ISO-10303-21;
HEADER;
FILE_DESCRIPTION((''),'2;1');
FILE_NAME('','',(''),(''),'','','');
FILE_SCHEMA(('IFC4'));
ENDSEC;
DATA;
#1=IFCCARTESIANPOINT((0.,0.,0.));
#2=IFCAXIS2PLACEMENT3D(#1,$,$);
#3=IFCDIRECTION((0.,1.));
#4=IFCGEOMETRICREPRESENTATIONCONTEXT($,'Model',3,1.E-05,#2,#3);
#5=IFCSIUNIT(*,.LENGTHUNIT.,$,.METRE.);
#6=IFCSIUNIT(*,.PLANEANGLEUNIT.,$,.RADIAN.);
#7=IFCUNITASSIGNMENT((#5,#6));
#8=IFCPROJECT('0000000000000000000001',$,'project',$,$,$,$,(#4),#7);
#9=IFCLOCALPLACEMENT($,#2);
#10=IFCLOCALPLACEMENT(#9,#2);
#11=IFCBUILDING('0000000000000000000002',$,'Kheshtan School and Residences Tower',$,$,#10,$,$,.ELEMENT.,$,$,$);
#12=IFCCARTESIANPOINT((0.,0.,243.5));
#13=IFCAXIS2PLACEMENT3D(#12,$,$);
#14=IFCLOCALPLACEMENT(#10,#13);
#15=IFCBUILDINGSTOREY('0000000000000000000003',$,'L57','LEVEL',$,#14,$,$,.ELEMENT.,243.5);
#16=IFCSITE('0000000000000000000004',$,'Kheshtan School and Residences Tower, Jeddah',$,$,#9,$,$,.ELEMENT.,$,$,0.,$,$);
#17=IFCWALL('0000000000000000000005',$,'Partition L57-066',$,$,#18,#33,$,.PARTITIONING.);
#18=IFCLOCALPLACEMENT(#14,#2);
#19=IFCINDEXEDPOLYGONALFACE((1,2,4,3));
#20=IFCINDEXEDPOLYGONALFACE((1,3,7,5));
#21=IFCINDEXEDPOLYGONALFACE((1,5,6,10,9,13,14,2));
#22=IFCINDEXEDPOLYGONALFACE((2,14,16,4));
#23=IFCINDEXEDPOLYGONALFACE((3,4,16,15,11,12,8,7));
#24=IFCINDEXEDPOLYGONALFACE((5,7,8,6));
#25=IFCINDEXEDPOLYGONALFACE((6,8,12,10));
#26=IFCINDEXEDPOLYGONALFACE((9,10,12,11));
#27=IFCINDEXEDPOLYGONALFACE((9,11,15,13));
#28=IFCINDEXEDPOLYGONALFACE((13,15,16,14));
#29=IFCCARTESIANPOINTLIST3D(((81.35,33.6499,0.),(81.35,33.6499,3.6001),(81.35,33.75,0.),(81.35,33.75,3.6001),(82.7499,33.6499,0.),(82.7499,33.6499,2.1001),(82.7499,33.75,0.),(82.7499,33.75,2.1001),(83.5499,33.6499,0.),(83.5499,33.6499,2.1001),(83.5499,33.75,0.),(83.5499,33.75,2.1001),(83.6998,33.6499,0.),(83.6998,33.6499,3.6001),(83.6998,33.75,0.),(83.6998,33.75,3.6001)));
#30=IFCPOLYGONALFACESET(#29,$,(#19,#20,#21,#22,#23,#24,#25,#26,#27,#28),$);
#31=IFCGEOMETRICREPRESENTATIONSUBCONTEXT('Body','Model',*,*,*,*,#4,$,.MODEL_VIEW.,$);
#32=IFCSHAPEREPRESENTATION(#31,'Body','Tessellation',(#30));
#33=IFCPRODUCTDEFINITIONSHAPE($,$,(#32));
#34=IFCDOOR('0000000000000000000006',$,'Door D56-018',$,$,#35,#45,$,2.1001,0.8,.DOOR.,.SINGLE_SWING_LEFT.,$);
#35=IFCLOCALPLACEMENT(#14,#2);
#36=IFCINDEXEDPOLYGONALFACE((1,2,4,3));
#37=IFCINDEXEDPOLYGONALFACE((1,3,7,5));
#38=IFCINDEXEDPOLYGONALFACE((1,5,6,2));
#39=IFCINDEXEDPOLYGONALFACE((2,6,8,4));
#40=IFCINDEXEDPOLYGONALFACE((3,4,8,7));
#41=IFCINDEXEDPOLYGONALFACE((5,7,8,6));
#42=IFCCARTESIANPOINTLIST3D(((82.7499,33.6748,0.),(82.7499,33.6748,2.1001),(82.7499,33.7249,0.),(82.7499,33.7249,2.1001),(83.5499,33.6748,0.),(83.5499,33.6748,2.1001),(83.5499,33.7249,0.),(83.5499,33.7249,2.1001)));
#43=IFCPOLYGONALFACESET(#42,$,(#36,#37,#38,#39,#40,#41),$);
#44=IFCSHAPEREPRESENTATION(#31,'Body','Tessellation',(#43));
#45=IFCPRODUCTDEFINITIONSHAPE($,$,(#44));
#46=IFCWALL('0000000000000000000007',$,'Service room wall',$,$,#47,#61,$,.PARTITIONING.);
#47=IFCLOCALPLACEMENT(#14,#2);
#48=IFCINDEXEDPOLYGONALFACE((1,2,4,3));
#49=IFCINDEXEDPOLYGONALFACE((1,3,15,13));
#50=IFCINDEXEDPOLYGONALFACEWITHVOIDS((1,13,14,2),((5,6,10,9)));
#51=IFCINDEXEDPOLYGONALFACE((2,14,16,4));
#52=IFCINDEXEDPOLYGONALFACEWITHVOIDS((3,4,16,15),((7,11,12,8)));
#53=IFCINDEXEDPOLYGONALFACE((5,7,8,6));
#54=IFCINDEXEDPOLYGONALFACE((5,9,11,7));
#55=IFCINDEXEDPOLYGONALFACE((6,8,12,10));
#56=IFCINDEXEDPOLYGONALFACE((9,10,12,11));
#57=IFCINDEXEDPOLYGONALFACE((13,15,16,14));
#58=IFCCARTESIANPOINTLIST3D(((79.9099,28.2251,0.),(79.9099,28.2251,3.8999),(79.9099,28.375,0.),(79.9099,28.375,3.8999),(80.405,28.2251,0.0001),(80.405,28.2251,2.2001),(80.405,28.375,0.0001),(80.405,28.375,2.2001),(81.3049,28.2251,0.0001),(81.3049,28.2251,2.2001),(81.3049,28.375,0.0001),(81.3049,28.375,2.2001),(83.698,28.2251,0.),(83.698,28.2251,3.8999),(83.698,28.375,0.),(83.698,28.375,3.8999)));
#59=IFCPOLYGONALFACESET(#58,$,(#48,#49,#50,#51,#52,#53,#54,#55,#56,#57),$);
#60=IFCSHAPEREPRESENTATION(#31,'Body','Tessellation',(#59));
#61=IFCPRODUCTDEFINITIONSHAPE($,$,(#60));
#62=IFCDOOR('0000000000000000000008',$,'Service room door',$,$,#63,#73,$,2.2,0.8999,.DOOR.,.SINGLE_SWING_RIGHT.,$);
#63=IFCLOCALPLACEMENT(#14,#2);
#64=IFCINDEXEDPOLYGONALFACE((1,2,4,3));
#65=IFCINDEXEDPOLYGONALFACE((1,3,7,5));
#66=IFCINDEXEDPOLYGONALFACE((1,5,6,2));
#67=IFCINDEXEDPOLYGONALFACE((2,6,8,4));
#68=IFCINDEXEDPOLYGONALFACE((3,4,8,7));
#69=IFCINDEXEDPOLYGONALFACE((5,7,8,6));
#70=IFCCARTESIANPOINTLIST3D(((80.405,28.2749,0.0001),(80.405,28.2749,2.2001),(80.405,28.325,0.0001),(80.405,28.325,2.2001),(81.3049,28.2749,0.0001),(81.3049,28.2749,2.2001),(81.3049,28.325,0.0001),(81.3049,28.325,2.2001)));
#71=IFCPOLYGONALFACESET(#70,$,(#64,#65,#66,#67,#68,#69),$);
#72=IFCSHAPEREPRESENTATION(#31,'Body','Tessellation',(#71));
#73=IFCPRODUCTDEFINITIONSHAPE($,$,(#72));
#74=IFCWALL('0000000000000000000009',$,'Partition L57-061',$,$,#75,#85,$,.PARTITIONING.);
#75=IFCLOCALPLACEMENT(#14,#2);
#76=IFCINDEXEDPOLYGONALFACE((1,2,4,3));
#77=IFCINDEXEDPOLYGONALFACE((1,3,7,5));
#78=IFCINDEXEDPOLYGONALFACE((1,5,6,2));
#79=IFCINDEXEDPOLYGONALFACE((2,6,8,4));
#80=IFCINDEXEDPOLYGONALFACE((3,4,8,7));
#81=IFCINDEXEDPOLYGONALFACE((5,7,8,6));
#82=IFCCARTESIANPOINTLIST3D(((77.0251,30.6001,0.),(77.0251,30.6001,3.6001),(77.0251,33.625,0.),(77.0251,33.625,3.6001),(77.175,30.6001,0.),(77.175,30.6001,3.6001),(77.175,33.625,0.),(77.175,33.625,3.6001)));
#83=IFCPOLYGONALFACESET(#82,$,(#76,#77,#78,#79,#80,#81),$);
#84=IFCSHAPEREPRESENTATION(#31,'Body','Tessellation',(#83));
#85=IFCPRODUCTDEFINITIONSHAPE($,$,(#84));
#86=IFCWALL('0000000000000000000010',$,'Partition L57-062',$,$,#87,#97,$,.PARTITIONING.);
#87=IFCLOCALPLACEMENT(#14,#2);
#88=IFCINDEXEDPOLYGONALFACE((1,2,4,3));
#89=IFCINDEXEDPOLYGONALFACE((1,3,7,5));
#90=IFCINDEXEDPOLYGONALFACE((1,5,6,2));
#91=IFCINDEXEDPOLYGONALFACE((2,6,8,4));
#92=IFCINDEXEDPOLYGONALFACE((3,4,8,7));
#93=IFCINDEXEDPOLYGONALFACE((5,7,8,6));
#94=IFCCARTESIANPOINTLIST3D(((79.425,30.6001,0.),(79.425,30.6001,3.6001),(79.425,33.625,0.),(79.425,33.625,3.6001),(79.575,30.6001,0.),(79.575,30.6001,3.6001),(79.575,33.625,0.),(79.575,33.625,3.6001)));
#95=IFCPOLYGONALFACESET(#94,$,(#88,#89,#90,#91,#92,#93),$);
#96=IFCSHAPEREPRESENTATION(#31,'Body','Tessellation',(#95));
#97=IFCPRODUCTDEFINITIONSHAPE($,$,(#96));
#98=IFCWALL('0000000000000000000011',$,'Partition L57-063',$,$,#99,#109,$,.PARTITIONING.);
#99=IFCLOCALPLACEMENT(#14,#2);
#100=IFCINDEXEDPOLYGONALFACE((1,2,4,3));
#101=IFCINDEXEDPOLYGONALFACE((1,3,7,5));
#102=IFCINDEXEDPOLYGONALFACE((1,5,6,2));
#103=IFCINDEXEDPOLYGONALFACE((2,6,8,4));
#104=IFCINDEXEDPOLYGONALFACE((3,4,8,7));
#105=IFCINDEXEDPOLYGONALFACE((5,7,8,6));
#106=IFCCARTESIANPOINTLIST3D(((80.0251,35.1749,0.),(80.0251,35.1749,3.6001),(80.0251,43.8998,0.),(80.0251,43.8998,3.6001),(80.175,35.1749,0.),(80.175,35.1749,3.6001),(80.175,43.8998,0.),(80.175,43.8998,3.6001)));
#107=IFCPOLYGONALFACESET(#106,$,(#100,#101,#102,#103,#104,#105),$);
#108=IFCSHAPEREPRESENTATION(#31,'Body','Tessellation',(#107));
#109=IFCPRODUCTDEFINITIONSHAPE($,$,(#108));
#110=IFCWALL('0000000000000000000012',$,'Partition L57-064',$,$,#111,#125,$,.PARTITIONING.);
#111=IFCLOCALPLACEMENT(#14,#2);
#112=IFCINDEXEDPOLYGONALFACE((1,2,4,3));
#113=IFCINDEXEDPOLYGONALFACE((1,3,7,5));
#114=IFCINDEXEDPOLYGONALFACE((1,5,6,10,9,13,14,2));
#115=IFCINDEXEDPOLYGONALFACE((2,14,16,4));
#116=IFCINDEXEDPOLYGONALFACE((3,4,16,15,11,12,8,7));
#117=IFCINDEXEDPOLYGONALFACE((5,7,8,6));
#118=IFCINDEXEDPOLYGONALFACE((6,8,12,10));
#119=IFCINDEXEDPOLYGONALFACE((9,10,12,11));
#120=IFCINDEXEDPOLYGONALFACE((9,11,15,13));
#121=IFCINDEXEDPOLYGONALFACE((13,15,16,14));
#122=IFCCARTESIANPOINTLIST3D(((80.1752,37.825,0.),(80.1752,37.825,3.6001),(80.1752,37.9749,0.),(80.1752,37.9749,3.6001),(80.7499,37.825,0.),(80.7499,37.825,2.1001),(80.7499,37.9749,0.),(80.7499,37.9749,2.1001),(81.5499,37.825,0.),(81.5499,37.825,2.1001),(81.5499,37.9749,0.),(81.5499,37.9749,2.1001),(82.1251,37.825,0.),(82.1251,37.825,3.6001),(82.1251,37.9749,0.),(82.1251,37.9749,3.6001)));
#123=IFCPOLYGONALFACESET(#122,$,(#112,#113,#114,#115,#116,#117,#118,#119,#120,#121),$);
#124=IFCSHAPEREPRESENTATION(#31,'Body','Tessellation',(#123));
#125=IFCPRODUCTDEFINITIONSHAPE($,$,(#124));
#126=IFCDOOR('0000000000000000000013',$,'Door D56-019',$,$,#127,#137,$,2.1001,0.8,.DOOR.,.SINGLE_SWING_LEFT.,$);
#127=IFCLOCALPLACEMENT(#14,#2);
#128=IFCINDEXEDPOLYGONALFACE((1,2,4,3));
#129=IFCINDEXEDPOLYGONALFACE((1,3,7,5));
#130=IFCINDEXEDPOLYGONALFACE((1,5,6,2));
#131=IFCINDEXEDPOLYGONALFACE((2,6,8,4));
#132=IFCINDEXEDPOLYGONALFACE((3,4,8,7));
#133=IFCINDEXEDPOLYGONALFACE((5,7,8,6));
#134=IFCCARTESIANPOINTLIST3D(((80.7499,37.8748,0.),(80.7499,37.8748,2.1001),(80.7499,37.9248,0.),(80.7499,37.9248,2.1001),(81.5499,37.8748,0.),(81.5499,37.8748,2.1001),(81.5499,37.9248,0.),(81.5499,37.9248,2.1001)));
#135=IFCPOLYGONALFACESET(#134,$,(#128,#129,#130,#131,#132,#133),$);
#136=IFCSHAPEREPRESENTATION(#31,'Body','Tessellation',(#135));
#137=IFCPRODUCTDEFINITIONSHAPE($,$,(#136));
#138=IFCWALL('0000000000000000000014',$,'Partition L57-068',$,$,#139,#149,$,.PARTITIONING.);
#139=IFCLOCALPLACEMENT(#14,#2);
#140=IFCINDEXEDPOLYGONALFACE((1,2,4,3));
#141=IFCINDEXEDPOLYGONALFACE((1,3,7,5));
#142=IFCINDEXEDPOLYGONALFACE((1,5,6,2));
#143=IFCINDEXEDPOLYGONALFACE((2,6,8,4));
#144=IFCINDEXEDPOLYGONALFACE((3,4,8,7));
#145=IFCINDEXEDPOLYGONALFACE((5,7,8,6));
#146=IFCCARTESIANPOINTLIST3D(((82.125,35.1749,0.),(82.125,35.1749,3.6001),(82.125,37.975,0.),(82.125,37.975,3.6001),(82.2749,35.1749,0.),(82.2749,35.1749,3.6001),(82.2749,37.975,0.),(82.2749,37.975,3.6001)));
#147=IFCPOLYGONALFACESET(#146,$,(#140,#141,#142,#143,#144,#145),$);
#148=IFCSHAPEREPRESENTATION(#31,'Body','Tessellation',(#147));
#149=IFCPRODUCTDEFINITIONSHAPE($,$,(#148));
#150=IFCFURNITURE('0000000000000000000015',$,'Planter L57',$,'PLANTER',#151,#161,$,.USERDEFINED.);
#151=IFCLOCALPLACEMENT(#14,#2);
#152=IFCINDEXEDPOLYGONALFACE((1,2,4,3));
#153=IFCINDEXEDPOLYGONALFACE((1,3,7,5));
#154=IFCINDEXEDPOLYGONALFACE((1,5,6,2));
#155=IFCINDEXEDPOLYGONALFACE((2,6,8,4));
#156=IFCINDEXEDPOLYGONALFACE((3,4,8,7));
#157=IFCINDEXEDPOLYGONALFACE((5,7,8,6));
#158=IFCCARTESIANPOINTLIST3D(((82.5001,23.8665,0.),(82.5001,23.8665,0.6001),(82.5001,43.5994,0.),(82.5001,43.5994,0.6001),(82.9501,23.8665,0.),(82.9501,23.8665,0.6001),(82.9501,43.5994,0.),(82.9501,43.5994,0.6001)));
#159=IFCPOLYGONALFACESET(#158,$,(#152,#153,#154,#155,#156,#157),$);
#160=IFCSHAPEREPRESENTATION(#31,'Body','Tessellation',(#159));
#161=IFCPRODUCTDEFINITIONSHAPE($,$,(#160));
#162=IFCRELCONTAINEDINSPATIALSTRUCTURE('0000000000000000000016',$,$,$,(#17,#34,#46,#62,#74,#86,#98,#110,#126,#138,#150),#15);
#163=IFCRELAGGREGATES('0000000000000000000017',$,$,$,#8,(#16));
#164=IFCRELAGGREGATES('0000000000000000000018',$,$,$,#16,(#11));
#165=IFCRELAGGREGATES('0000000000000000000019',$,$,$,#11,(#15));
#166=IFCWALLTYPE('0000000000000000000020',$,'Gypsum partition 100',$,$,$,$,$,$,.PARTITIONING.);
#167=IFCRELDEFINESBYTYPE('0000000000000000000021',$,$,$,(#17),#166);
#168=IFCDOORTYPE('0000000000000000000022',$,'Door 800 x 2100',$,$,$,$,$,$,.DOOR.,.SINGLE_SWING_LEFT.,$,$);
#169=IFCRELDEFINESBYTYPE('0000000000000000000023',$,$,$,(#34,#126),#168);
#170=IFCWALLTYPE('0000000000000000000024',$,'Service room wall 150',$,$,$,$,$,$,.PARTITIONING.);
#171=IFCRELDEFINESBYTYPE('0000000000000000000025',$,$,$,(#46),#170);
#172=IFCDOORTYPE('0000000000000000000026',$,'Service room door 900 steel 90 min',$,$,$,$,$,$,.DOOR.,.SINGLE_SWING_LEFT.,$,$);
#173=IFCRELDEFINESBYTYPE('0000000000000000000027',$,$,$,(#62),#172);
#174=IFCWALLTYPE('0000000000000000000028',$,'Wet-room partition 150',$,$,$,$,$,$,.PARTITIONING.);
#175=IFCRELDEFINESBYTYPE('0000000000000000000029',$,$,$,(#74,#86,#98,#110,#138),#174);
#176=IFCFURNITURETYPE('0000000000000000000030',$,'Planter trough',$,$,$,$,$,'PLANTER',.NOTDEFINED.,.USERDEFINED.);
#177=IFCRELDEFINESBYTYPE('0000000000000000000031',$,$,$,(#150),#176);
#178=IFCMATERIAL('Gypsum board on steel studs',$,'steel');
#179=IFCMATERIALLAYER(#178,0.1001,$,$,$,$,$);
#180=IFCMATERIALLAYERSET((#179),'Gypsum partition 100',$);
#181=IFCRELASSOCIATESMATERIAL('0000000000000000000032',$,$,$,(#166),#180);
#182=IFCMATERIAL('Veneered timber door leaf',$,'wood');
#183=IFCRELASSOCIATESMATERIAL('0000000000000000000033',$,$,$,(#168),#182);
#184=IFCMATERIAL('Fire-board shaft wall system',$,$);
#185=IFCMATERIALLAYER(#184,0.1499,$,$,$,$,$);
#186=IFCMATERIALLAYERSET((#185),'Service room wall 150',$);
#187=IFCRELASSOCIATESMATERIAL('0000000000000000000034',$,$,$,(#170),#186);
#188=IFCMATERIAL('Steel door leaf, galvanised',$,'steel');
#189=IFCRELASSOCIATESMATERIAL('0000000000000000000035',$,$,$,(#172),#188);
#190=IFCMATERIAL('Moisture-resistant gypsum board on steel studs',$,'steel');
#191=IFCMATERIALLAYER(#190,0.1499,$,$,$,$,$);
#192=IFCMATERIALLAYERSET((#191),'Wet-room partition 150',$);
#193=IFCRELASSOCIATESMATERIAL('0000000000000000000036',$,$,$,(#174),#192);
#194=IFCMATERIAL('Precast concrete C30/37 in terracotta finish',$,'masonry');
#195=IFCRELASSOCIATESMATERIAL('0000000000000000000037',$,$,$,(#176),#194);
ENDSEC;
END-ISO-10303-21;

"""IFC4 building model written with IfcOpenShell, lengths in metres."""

from ifc_helpers import new_model, si_unit, direction, frame, frame_2d, origin, origin_2d, place, context, subcontext, project, spatial, rectangle, extrude, source, transform, mapped, material, layer, layer_set, type_object, element, fill, save


model = new_model("IFC4")

# Units and contexts
model_context = context("Model", 3, precision=1e-05, world=origin(), true_north=direction((0.0, 1.0)))
body_context = subcontext(model_context, "Body", "Model", "MODEL_VIEW")
ifc_project = project(units=[si_unit("LENGTHUNIT", "METRE"), si_unit("PLANEANGLEUNIT", "RADIAN")], contexts=[model_context])

# Site, building, storey
site_placement = place(None, origin())
site = spatial("IfcSite", under=ifc_project, at=site_placement, Name="Kheshtan School and Residences Tower, Jeddah", CompositionType="ELEMENT", RefElevation=0.0)
building_placement = place(site_placement, origin())
building = spatial("IfcBuilding", under=site, at=building_placement, Name="Kheshtan School and Residences Tower", CompositionType="ELEMENT")
storey_placement = place(building_placement, frame((0.0, 0.0, 243.5)))
storey = spatial("IfcBuildingStorey", under=building, at=storey_placement, Name="L57", Description="LEVEL", CompositionType="ELEMENT", Elevation=243.5)

# Shared definitions
ifc_material_1 = material(Name="Gypsum board on steel studs", Category="steel")
ifc_layer_1 = layer(ifc_material_1, 0.1001)
ifc_layer_set_1 = layer_set([ifc_layer_1], Name="Gypsum partition 100")
wall_type_1 = type_object("IfcWallType", Name="Gypsum partition 100", PredefinedType="PARTITIONING", material=ifc_layer_set_1)

# Walls, openings, doors
wall_1_placement = place(storey_placement, frame((81.3501, 33.7, 0.0), z_axis=(0.0, 0.0, 1.0), x_axis=(1.0, 0.0, 0.0)))
wall_1 = element("IfcWall", 1, at=wall_1_placement, inside=storey, type_object=wall_type_1, Name="Partition L57-066", PredefinedType="PARTITIONING", context=body_context, shape_type="SweptSolid", body=[
    extrude(rectangle(XDim=2.3499, YDim=0.1001, at=frame_2d((1.1748, 0.0))), origin(), (0.0, 0.0, 1.0), 3.6001),
])
opening_1_placement = place(wall_1_placement, frame((1.3999, 0.0, 0.0)))
opening_1 = element("IfcOpeningElement", 2, at=opening_1_placement, cuts=wall_1, PredefinedType="OPENING", context=body_context, shape_type="SweptSolid", body=[
    extrude(rectangle(XDim=0.8, YDim=2.1001, at=frame_2d((0.3999, 1.05))), frame((0.0, 0.0601, 0.0), z_axis=(0.0, -1.0, 0.0), x_axis=(1.0, 0.0, 0.0)), (0.0, 0.0, 1.0), 0.1201),
])
ifc_material_2 = material(Name="Veneered timber door leaf", Category="wood")
door_type_1 = type_object("IfcDoorType", Name="Door 800 x 2100", OperationType="SINGLE_SWING_LEFT", PredefinedType="DOOR", material=ifc_material_2)
shared_shape_1 = source(origin(), body_context, "Body", "SweptSolid", [
    extrude(rectangle(XDim=0.8, YDim=2.1001, at=frame_2d((0.3999, 1.05))), frame((0.0, 0.0249, 0.0), z_axis=(0.0, -1.0, 0.0), x_axis=(1.0, 0.0, 0.0)), (0.0, 0.0, 1.0), 0.05),
])
door_1_placement = place(opening_1_placement, origin())
door_1 = element("IfcDoor", 3, at=door_1_placement, inside=storey, type_object=door_type_1, Name="Door D56-018", OperationType="SINGLE_SWING_LEFT", OverallHeight=2.1001, OverallWidth=0.8, PredefinedType="DOOR", context=body_context, shape_type="MappedRepresentation", body=[
    mapped(shared_shape_1, transform((0.0, 0.0, 0.0), x_axis=(1.0, 0.0, 0.0), y_axis=(0.0, 1.0, 0.0), z_axis=(0.0, 0.0, 1.0), scale=1.0)),
])
fill(opening_1, door_1)
ifc_material_3 = material(Name="Fire-board shaft wall system")
ifc_layer_2 = layer(ifc_material_3, 0.1499)
ifc_layer_set_2 = layer_set([ifc_layer_2], Name="Service room wall 150")
wall_type_2 = type_object("IfcWallType", Name="Service room wall 150", PredefinedType="PARTITIONING", material=ifc_layer_set_2)
wall_2_placement = place(storey_placement, frame((79.9099, 28.3, 0.0), z_axis=(0.0, 0.0, 1.0), x_axis=(1.0, 0.0, 0.0)))
wall_2 = element("IfcWall", 4, at=wall_2_placement, inside=storey, type_object=wall_type_2, Name="Service room wall", PredefinedType="PARTITIONING", context=body_context, shape_type="SweptSolid", body=[
    extrude(rectangle(XDim=3.7881, YDim=0.1499, at=frame_2d((1.894, 0.0))), origin(), (0.0, 0.0, 1.0), 3.8999),
])
opening_2_placement = place(wall_2_placement, frame((0.4951, 0.0, 0.0)))
opening_2 = element("IfcOpeningElement", 5, at=opening_2_placement, cuts=wall_2, PredefinedType="OPENING", context=body_context, shape_type="SweptSolid", body=[
    extrude(rectangle(XDim=0.8999, YDim=2.2, at=frame_2d((0.45, 1.1001))), frame((0.0, 0.085, 0.0), z_axis=(0.0, -1.0, 0.0), x_axis=(1.0, 0.0, 0.0)), (0.0, 0.0, 1.0), 0.1699),
])
ifc_material_4 = material(Name="Steel door leaf, galvanised", Category="steel")
door_type_2 = type_object("IfcDoorType", Name="Service room door 900 steel 90 min", OperationType="SINGLE_SWING_LEFT", PredefinedType="DOOR", material=ifc_material_4)
shared_shape_2 = source(origin(), body_context, "Body", "SweptSolid", [
    extrude(rectangle(XDim=0.8999, YDim=2.2, at=frame_2d((0.45, 1.1001))), frame((0.0, 0.0249, 0.0), z_axis=(0.0, -1.0, 0.0), x_axis=(1.0, 0.0, 0.0)), (0.0, 0.0, 1.0), 0.05),
])
door_2_placement = place(opening_2_placement, origin())
door_2 = element("IfcDoor", 6, at=door_2_placement, inside=storey, type_object=door_type_2, Name="Service room door", OperationType="SINGLE_SWING_RIGHT", OverallHeight=2.2, OverallWidth=0.8999, PredefinedType="DOOR", context=body_context, shape_type="MappedRepresentation", body=[
    mapped(shared_shape_2, transform((0.0, 0.0, 0.0), x_axis=(1.0, 0.0, 0.0), y_axis=(0.0, 1.0, 0.0), z_axis=(0.0, 0.0, 1.0), scale=1.0)),
])
fill(opening_2, door_2)

# Walls
ifc_material_5 = material(Name="Moisture-resistant gypsum board on steel studs", Category="steel")
ifc_layer_3 = layer(ifc_material_5, 0.1499)
ifc_layer_set_3 = layer_set([ifc_layer_3], Name="Wet-room partition 150")
wall_type_3 = type_object("IfcWallType", Name="Wet-room partition 150", PredefinedType="PARTITIONING", material=ifc_layer_set_3)
for number, where, z_axis, x_axis, name in (
    (7, (77.1001, 30.6001, 0.0), (0.0, 0.0, 1.0), (0.0, 1.0, 0.0), "Partition L57-061"),
    (8, (79.5, 30.6001, 0.0), (0.0, 0.0, 1.0), (0.0, 1.0, 0.0), "Partition L57-062"),
):
    element("IfcWall", number, at=place(storey_placement, frame(where, z_axis=z_axis, x_axis=x_axis)), inside=storey, type_object=wall_type_3, Name=name, PredefinedType="PARTITIONING", context=body_context, shape_type="SweptSolid", body=[
        extrude(rectangle(XDim=3.0249, YDim=0.1499, at=frame_2d((1.5125, 0.0))), origin(), (0.0, 0.0, 1.0), 3.6001),
    ])
wall_3_placement = place(storey_placement, frame((80.1001, 35.175, 0.0), z_axis=(0.0, 0.0, 1.0), x_axis=(0.0, 1.0, 0.0)))
element("IfcWall", 9, at=wall_3_placement, inside=storey, type_object=wall_type_3, Name="Partition L57-063", PredefinedType="PARTITIONING", context=body_context, shape_type="SweptSolid", body=[
    extrude(rectangle(XDim=8.7249, YDim=0.1499, at=frame_2d((4.3623, 0.0))), origin(), (0.0, 0.0, 1.0), 3.6001),
])

# Wall, opening, door
wall_4_placement = place(storey_placement, frame((80.175, 37.8999, 0.0), z_axis=(0.0, 0.0, 1.0), x_axis=(1.0, 0.0, 0.0)))
wall_4 = element("IfcWall", 10, at=wall_4_placement, inside=storey, type_object=wall_type_3, Name="Partition L57-064", PredefinedType="PARTITIONING", context=body_context, shape_type="SweptSolid", body=[
    extrude(rectangle(XDim=1.95, YDim=0.1499, at=frame_2d((0.9751, 0.0))), origin(), (0.0, 0.0, 1.0), 3.6001),
])
opening_3_placement = place(wall_4_placement, frame((0.575, 0.0, 0.0)))
opening_3 = element("IfcOpeningElement", 11, at=opening_3_placement, cuts=wall_4, PredefinedType="OPENING", context=body_context, shape_type="SweptSolid", body=[
    extrude(rectangle(XDim=0.8, YDim=2.1001, at=frame_2d((0.3999, 1.05))), frame((0.0, 0.085, 0.0), z_axis=(0.0, -1.0, 0.0), x_axis=(1.0, 0.0, 0.0)), (0.0, 0.0, 1.0), 0.1699),
])
door_3_placement = place(opening_3_placement, origin())
door_3 = element("IfcDoor", 12, at=door_3_placement, inside=storey, type_object=door_type_1, Name="Door D56-019", OperationType="SINGLE_SWING_LEFT", OverallHeight=2.1001, OverallWidth=0.8, PredefinedType="DOOR", context=body_context, shape_type="MappedRepresentation", body=[
    mapped(shared_shape_1, transform((0.0, 0.0, 0.0), x_axis=(1.0, 0.0, 0.0), y_axis=(0.0, 1.0, 0.0), z_axis=(0.0, 0.0, 1.0), scale=1.0)),
])
fill(opening_3, door_3)

# Wall
wall_5_placement = place(storey_placement, frame((82.2, 35.175, 0.0), z_axis=(0.0, 0.0, 1.0), x_axis=(0.0, 1.0, 0.0)))
element("IfcWall", 13, at=wall_5_placement, inside=storey, type_object=wall_type_3, Name="Partition L57-068", PredefinedType="PARTITIONING", context=body_context, shape_type="SweptSolid", body=[
    extrude(rectangle(XDim=2.8, YDim=0.1499, at=frame_2d((1.3999, 0.0))), origin(), (0.0, 0.0, 1.0), 3.6001),
])

# Furniture
ifc_material_6 = material(Name="Precast concrete C30/37 in terracotta finish", Category="masonry")
furniture_type = type_object("IfcFurnitureType", Name="Planter trough", ElementType="PLANTER", AssemblyPlace="NOTDEFINED", PredefinedType="USERDEFINED", material=ifc_material_6)
furniture_placement = place(storey_placement, frame((82.7251, 33.7329, 0.0), z_axis=(0.0, 0.0, 1.0), x_axis=(0.0, -1.0, 0.0)))
element("IfcFurniture", 14, at=furniture_placement, inside=storey, type_object=furniture_type, Name="Planter L57", ObjectType="PLANTER", PredefinedType="USERDEFINED", context=body_context, shape_type="SweptSolid", body=[
    extrude(rectangle(XDim=19.7329, YDim=0.45, at=origin_2d()), origin(), (0.0, 0.0, 1.0), 0.6001),
])

save(model, "model.ifc")
